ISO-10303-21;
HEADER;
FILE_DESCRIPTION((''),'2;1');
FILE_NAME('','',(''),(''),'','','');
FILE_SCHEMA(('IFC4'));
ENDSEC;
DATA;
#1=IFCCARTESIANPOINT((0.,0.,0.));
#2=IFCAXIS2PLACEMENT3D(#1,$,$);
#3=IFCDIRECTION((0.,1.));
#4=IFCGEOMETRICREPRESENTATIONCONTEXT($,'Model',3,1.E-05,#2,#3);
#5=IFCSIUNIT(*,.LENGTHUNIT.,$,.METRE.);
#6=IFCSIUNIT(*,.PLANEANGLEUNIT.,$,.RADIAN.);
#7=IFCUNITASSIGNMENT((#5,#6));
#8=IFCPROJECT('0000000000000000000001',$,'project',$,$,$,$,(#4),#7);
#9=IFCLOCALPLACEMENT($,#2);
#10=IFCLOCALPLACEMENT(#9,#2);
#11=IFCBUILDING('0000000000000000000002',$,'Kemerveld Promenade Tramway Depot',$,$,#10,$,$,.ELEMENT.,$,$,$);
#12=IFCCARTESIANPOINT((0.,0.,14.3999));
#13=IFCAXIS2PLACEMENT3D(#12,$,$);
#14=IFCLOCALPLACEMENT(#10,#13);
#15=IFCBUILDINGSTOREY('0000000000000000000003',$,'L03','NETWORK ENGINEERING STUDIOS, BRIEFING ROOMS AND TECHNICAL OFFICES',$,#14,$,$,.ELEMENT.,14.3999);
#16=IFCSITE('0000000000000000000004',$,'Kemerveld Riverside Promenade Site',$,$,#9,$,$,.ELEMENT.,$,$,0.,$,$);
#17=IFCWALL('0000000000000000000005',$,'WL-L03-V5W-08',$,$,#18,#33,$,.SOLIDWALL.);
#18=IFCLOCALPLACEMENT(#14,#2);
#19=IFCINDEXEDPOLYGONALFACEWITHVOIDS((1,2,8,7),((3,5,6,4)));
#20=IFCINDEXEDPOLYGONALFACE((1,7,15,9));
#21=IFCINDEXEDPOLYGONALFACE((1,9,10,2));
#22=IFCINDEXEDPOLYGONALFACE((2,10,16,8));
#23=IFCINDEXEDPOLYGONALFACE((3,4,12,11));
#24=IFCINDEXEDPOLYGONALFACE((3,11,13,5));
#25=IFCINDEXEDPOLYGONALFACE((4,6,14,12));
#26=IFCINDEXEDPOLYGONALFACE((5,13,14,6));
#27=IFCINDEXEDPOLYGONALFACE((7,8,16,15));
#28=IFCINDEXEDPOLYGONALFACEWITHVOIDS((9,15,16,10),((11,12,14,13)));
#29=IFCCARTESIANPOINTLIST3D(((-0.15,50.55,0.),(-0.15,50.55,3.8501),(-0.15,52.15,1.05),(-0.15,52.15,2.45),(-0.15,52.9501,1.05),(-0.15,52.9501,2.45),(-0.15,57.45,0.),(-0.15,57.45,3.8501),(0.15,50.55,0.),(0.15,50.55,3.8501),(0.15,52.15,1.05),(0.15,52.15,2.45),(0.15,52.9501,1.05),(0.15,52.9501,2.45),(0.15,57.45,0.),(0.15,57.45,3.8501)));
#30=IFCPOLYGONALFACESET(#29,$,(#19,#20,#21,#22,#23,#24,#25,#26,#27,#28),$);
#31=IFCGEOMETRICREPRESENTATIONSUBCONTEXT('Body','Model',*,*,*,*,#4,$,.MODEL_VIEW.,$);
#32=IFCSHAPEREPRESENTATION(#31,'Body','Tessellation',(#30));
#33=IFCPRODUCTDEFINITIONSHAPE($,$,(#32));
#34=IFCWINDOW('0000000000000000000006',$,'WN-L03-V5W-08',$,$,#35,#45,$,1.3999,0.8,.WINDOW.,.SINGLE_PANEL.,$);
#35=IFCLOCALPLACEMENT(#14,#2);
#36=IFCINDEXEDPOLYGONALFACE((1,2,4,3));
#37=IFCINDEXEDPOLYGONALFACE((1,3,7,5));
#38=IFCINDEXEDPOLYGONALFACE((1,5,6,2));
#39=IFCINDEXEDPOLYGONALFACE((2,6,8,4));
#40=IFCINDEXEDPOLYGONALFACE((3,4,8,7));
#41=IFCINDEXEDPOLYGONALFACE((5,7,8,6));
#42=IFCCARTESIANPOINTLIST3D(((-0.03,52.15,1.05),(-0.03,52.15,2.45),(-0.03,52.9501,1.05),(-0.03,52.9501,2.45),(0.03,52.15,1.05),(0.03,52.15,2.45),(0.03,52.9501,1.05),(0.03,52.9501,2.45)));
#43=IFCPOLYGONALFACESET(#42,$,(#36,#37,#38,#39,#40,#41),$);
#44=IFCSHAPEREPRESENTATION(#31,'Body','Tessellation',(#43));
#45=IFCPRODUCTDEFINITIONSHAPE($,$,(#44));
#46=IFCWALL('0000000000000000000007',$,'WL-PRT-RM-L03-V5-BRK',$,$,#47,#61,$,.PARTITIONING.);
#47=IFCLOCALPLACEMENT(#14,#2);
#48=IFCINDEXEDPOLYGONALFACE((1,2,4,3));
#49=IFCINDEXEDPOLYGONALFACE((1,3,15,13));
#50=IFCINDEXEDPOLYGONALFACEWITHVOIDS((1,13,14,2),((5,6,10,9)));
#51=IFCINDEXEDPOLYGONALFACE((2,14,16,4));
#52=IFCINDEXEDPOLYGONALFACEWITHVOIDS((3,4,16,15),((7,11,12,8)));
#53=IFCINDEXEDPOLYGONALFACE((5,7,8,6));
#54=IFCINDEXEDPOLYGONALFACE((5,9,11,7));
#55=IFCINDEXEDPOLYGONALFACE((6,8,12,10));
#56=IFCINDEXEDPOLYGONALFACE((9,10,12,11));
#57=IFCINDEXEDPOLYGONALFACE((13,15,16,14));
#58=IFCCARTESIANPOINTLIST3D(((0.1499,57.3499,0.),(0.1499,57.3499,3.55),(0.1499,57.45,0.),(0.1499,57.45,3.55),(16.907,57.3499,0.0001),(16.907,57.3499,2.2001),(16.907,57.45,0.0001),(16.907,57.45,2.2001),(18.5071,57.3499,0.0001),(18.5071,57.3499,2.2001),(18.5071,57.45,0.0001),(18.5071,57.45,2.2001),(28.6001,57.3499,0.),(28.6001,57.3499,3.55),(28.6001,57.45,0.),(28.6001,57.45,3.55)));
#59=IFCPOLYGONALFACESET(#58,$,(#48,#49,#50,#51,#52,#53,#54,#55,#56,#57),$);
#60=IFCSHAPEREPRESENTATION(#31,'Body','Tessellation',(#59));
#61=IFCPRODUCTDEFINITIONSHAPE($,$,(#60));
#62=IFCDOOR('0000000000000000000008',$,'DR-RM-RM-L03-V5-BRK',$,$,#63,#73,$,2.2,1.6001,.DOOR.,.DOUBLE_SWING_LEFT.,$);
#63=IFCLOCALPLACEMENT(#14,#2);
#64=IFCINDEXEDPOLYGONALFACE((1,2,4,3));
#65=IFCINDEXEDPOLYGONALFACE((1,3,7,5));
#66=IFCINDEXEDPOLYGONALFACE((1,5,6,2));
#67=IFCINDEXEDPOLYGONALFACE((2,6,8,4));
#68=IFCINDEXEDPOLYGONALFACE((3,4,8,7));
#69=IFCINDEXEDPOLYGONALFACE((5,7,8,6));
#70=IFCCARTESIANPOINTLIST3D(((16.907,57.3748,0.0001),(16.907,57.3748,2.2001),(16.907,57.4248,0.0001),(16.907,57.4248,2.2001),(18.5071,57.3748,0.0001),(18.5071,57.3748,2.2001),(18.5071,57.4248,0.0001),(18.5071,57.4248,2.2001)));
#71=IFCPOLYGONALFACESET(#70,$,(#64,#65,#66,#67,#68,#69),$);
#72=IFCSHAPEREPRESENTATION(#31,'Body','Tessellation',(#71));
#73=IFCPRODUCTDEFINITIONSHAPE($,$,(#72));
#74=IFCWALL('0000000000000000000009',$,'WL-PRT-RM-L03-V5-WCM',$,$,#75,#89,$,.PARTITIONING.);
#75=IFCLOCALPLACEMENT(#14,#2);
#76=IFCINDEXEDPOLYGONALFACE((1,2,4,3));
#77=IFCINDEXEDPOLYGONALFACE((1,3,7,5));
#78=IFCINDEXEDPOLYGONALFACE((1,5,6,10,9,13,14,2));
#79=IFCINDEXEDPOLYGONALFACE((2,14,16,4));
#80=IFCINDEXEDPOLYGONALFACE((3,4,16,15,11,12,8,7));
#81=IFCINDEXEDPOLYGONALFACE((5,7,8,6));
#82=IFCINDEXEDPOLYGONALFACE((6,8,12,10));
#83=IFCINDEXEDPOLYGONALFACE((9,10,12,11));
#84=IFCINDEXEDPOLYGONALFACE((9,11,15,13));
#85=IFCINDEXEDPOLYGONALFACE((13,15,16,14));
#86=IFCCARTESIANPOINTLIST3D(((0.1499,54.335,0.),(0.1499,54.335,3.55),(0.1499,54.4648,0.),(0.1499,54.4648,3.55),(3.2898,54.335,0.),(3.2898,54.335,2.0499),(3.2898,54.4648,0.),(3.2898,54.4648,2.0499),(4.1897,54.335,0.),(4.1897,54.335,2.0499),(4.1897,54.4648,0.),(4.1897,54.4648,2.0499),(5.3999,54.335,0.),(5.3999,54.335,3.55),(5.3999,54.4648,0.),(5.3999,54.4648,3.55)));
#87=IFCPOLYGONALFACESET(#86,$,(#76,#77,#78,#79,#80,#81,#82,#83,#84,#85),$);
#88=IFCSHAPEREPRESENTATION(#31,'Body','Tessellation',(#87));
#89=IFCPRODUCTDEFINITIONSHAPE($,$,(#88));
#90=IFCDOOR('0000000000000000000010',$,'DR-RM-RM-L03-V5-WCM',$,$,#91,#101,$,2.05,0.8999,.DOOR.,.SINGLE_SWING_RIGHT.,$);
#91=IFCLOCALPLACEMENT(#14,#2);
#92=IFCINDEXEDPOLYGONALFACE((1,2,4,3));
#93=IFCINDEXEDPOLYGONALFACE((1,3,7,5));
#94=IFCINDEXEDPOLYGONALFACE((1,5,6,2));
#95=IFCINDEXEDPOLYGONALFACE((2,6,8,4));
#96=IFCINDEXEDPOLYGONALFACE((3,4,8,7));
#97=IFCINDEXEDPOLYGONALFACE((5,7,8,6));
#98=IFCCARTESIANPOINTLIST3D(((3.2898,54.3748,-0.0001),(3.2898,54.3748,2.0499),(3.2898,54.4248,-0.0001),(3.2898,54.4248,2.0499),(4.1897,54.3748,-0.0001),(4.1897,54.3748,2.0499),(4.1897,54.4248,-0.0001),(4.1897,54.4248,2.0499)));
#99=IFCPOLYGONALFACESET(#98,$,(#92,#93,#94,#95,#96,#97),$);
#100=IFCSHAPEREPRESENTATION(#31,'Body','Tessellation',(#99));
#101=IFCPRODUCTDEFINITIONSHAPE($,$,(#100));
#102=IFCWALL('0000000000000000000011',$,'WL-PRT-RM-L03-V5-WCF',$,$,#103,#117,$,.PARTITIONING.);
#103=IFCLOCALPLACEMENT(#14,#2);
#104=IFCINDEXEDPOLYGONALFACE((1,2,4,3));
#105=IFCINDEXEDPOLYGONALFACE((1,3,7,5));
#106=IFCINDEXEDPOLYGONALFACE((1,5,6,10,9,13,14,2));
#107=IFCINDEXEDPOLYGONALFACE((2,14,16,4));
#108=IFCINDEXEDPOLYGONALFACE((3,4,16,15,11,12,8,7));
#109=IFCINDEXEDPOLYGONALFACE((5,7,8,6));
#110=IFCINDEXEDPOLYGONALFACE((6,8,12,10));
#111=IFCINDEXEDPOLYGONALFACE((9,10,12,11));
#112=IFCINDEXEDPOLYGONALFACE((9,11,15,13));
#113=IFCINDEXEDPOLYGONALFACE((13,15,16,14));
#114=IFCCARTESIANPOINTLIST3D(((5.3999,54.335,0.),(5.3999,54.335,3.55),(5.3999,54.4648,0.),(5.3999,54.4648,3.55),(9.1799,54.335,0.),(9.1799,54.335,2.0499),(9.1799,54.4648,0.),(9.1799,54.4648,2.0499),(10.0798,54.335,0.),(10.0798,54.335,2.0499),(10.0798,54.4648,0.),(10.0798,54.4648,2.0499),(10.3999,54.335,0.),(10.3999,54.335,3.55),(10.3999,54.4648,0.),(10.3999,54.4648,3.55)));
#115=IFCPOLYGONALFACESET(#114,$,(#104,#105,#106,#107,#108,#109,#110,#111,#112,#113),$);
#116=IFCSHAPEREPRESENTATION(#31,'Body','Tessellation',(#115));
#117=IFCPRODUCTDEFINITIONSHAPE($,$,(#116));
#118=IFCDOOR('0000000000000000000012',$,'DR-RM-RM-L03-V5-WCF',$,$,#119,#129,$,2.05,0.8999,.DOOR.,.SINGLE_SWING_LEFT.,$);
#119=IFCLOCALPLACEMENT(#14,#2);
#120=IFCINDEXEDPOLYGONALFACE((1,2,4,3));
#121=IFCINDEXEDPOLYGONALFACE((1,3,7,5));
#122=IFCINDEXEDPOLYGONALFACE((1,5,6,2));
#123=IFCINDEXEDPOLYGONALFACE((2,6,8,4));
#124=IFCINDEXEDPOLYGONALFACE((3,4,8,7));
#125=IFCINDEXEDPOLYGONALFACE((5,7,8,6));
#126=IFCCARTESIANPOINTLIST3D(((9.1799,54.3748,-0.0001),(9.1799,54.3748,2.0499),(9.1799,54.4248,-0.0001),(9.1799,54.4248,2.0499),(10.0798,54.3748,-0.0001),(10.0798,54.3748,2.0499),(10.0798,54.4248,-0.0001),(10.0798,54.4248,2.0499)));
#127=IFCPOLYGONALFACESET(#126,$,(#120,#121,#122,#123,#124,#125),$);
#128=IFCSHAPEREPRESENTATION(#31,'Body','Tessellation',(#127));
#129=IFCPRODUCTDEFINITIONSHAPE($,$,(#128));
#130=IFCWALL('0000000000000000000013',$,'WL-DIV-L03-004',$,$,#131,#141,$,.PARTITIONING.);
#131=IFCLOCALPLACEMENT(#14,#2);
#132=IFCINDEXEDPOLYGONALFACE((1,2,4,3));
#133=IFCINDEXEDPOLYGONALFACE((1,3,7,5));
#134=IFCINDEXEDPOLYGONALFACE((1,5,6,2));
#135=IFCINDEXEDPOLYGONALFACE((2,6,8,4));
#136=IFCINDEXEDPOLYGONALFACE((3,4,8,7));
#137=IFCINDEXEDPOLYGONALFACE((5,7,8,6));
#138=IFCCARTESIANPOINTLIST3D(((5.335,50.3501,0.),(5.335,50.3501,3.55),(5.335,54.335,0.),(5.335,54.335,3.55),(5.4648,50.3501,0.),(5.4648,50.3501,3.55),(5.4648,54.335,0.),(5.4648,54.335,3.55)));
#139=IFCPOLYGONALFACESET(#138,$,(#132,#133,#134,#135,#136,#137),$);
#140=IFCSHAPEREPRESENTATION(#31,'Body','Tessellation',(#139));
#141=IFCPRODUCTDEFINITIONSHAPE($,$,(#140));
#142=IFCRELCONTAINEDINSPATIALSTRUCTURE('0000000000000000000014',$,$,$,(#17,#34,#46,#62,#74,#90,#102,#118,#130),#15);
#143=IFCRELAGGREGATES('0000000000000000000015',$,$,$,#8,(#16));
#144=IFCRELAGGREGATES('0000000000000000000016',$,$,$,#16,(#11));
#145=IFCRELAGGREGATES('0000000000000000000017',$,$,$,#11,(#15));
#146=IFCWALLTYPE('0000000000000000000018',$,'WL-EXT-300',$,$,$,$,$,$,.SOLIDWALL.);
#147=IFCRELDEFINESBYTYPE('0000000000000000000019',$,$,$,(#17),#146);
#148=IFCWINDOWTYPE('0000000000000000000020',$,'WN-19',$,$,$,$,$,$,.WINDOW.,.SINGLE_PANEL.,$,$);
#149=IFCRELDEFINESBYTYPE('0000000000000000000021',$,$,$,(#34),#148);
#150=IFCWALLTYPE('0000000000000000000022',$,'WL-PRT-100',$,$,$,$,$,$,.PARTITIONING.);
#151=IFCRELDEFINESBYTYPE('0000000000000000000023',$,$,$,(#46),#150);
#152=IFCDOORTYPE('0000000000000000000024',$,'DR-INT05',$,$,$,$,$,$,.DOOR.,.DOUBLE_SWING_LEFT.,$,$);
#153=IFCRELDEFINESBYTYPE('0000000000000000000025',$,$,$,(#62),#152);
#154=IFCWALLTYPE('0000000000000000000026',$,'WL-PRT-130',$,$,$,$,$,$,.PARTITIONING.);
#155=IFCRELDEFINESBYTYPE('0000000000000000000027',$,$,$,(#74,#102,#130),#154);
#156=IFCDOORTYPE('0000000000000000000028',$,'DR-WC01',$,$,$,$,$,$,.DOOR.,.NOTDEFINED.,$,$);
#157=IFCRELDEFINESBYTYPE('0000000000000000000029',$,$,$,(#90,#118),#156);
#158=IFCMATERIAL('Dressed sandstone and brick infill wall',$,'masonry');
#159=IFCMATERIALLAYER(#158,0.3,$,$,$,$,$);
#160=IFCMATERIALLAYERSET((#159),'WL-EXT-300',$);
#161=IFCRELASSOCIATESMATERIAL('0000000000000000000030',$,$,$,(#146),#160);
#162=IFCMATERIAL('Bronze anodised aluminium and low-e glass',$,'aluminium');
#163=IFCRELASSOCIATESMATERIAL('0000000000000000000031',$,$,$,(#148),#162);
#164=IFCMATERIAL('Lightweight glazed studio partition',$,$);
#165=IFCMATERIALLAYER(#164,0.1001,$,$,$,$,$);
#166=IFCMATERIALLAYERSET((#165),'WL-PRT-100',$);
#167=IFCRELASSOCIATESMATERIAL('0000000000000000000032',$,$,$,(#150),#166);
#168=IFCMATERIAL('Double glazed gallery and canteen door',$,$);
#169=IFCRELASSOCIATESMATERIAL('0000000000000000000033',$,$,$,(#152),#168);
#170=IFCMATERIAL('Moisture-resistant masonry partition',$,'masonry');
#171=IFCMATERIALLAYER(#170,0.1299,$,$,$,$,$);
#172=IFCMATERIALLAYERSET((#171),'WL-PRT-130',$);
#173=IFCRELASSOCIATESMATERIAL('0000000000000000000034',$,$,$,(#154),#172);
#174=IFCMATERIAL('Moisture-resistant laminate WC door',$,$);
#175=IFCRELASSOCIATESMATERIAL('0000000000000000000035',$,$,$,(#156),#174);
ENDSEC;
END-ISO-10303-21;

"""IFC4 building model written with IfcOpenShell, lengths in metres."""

from ifc_helpers import new_model, si_unit, direction, frame, frame_2d, origin, place, context, subcontext, project, spatial, rectangle, extrude, material, layer, layer_set, type_object, element, fill, save


model = new_model("IFC4")

# Units and contexts
model_context = context("Model", 3, precision=1e-05, world=origin(), true_north=direction((0.0, 1.0)))
body_context = subcontext(model_context, "Body", "Model", "MODEL_VIEW")
ifc_project = project(units=[si_unit("LENGTHUNIT", "METRE"), si_unit("PLANEANGLEUNIT", "RADIAN")], contexts=[model_context])

# Site, building, storey
site_placement = place(None, origin())
site = spatial("IfcSite", under=ifc_project, at=site_placement, Name="Kemerveld Riverside Promenade Site", CompositionType="ELEMENT", RefElevation=0.0)
building_placement = place(site_placement, origin())
building = spatial("IfcBuilding", under=site, at=building_placement, Name="Kemerveld Promenade Tramway Depot", CompositionType="ELEMENT")
storey_placement = place(building_placement, frame((0.0, 0.0, 14.3999)))
storey = spatial("IfcBuildingStorey", under=building, at=storey_placement, Name="L03", Description="NETWORK ENGINEERING STUDIOS, BRIEFING ROOMS AND TECHNICAL OFFICES", CompositionType="ELEMENT", Elevation=14.3999)

# Wall, opening, window
ifc_material_1 = material(Name="Dressed sandstone and brick infill wall", Category="masonry")
ifc_layer_1 = layer(ifc_material_1, 0.3)
ifc_layer_set_1 = layer_set([ifc_layer_1], Name="WL-EXT-300")
wall_type_1 = type_object("IfcWallType", Name="WL-EXT-300", PredefinedType="SOLIDWALL", material=ifc_layer_set_1)
wall_1_placement = place(storey_placement, frame((0.0, 50.55, 0.0), z_axis=(0.0, 0.0, 1.0), x_axis=(0.0, 1.0, 0.0)))
wall_1 = element("IfcWall", 1, at=wall_1_placement, inside=storey, type_object=wall_type_1, Name="WL-L03-V5W-08", PredefinedType="SOLIDWALL", context=body_context, shape_type="SweptSolid", body=[
    extrude(rectangle(XDim=6.8999, YDim=0.3, at=frame_2d((3.45, 0.0))), origin(), (0.0, 0.0, 1.0), 3.8501),
])
opening_1_placement = place(wall_1_placement, frame((1.6001, 0.0, 1.05)))
opening_1 = element("IfcOpeningElement", 2, at=opening_1_placement, cuts=wall_1, PredefinedType="OPENING", context=body_context, shape_type="SweptSolid", body=[
    extrude(rectangle(XDim=0.8, YDim=1.3999, at=frame_2d((0.3999, 0.7))), frame((0.0, 0.1599, 0.0), z_axis=(0.0, -1.0, 0.0), x_axis=(1.0, 0.0, 0.0)), (0.0, 0.0, 1.0), 0.3201),
])
ifc_material_2 = material(Name="Bronze anodised aluminium and low-e glass", Category="aluminium")
window_type = type_object("IfcWindowType", Name="WN-19", PartitioningType="SINGLE_PANEL", PredefinedType="WINDOW", material=ifc_material_2)
window_placement = place(opening_1_placement, origin())
window = element("IfcWindow", 3, at=window_placement, inside=storey, type_object=window_type, Name="WN-L03-V5W-08", OverallHeight=1.3999, OverallWidth=0.8, PartitioningType="SINGLE_PANEL", PredefinedType="WINDOW", context=body_context, shape_type="SweptSolid", body=[
    extrude(rectangle(XDim=0.8, YDim=1.3999, at=frame_2d((0.3999, 0.7))), frame((0.0, 0.03, 0.0), z_axis=(0.0, -1.0, 0.0), x_axis=(1.0, 0.0, 0.0)), (0.0, 0.0, 1.0), 0.0601),
])
fill(opening_1, window)

# Walls, openings, doors
ifc_material_3 = material(Name="Lightweight glazed studio partition")
ifc_layer_2 = layer(ifc_material_3, 0.1001)
ifc_layer_set_2 = layer_set([ifc_layer_2], Name="WL-PRT-100")
wall_type_2 = type_object("IfcWallType", Name="WL-PRT-100", PredefinedType="PARTITIONING", material=ifc_layer_set_2)
wall_2_placement = place(storey_placement, frame((0.1499, 57.3999, 0.0), z_axis=(0.0, 0.0, 1.0), x_axis=(1.0, 0.0, 0.0)))
wall_2 = element("IfcWall", 4, at=wall_2_placement, inside=storey, type_object=wall_type_2, Name="WL-PRT-RM-L03-V5-BRK", PredefinedType="PARTITIONING", context=body_context, shape_type="SweptSolid", body=[
    extrude(rectangle(XDim=28.4502, YDim=0.1001, at=frame_2d((14.2251, 0.0))), origin(), (0.0, 0.0, 1.0), 3.55),
])
opening_2_placement = place(wall_2_placement, frame((16.7571, 0.0, 0.0)))
opening_2 = element("IfcOpeningElement", 5, at=opening_2_placement, cuts=wall_2, PredefinedType="OPENING", context=body_context, shape_type="SweptSolid", body=[
    extrude(rectangle(XDim=1.6001, YDim=2.2, at=frame_2d((0.8, 1.1001))), frame((0.0, 0.0601, 0.0), z_axis=(0.0, -1.0, 0.0), x_axis=(1.0, 0.0, 0.0)), (0.0, 0.0, 1.0), 0.1201),
])
ifc_material_4 = material(Name="Double glazed gallery and canteen door")
door_type_1 = type_object("IfcDoorType", Name="DR-INT05", OperationType="DOUBLE_SWING_LEFT", PredefinedType="DOOR", material=ifc_material_4)
door_1_placement = place(opening_2_placement, origin())
door_1 = element("IfcDoor", 6, at=door_1_placement, inside=storey, type_object=door_type_1, Name="DR-RM-RM-L03-V5-BRK", OperationType="DOUBLE_SWING_LEFT", OverallHeight=2.2, OverallWidth=1.6001, PredefinedType="DOOR", context=body_context, shape_type="SweptSolid", body=[
    extrude(rectangle(XDim=1.6001, YDim=2.2, at=frame_2d((0.8, 1.1001))), frame((0.0, 0.0249, 0.0), z_axis=(0.0, -1.0, 0.0), x_axis=(1.0, 0.0, 0.0)), (0.0, 0.0, 1.0), 0.05),
])
fill(opening_2, door_1)
ifc_material_5 = material(Name="Moisture-resistant masonry partition", Category="masonry")
ifc_layer_3 = layer(ifc_material_5, 0.1299)
ifc_layer_set_3 = layer_set([ifc_layer_3], Name="WL-PRT-130")
wall_type_3 = type_object("IfcWallType", Name="WL-PRT-130", PredefinedType="PARTITIONING", material=ifc_layer_set_3)
wall_3_placement = place(storey_placement, frame((0.1499, 54.3999, 0.0), z_axis=(0.0, 0.0, 1.0), x_axis=(1.0, 0.0, 0.0)))
wall_3 = element("IfcWall", 7, at=wall_3_placement, inside=storey, type_object=wall_type_3, Name="WL-PRT-RM-L03-V5-WCM", PredefinedType="PARTITIONING", context=body_context, shape_type="SweptSolid", body=[
    extrude(rectangle(XDim=5.25, YDim=0.1299, at=frame_2d((2.625, 0.0))), origin(), (0.0, 0.0, 1.0), 3.55),
])
opening_3_placement = place(wall_3_placement, frame((3.1399, 0.0, 0.0)))
opening_3 = element("IfcOpeningElement", 8, at=opening_3_placement, cuts=wall_3, PredefinedType="OPENING", context=body_context, shape_type="SweptSolid", body=[
    extrude(rectangle(XDim=0.8999, YDim=2.05, at=frame_2d((0.45, 1.0249))), frame((0.0, 0.075, 0.0), z_axis=(0.0, -1.0, 0.0), x_axis=(1.0, 0.0, 0.0)), (0.0, 0.0, 1.0), 0.1499),
])
ifc_material_6 = material(Name="Moisture-resistant laminate WC door")
door_type_2 = type_object("IfcDoorType", Name="DR-WC01", OperationType="NOTDEFINED", PredefinedType="DOOR", material=ifc_material_6)
door_2_placement = place(opening_3_placement, origin())
door_2 = element("IfcDoor", 9, at=door_2_placement, inside=storey, type_object=door_type_2, Name="DR-RM-RM-L03-V5-WCM", OperationType="SINGLE_SWING_RIGHT", OverallHeight=2.05, OverallWidth=0.8999, PredefinedType="DOOR", context=body_context, shape_type="SweptSolid", body=[
    extrude(rectangle(XDim=0.8999, YDim=2.05, at=frame_2d((0.45, 1.0249))), frame((0.0, 0.0249, 0.0), z_axis=(0.0, -1.0, 0.0), x_axis=(1.0, 0.0, 0.0)), (0.0, 0.0, 1.0), 0.05),
])
fill(opening_3, door_2)
wall_4_placement = place(storey_placement, frame((5.3999, 54.3999, 0.0), z_axis=(0.0, 0.0, 1.0), x_axis=(1.0, 0.0, 0.0)))
wall_4 = element("IfcWall", 10, at=wall_4_placement, inside=storey, type_object=wall_type_3, Name="WL-PRT-RM-L03-V5-WCF", PredefinedType="PARTITIONING", context=body_context, shape_type="SweptSolid", body=[
    extrude(rectangle(XDim=5.0, YDim=0.1299, at=frame_2d((2.5, 0.0))), origin(), (0.0, 0.0, 1.0), 3.55),
])
opening_4_placement = place(wall_4_placement, frame((3.78, 0.0, 0.0)))
opening_4 = element("IfcOpeningElement", 11, at=opening_4_placement, cuts=wall_4, PredefinedType="OPENING", context=body_context, shape_type="SweptSolid", body=[
    extrude(rectangle(XDim=0.8999, YDim=2.05, at=frame_2d((0.45, 1.0249))), frame((0.0, 0.075, 0.0), z_axis=(0.0, -1.0, 0.0), x_axis=(1.0, 0.0, 0.0)), (0.0, 0.0, 1.0), 0.1499),
])
door_3_placement = place(opening_4_placement, origin())
door_3 = element("IfcDoor", 12, at=door_3_placement, inside=storey, type_object=door_type_2, Name="DR-RM-RM-L03-V5-WCF", OperationType="SINGLE_SWING_LEFT", OverallHeight=2.05, OverallWidth=0.8999, PredefinedType="DOOR", context=body_context, shape_type="SweptSolid", body=[
    extrude(rectangle(XDim=0.8999, YDim=2.05, at=frame_2d((0.45, 1.0249))), frame((0.0, 0.0249, 0.0), z_axis=(0.0, -1.0, 0.0), x_axis=(1.0, 0.0, 0.0)), (0.0, 0.0, 1.0), 0.05),
])
fill(opening_4, door_3)

# Wall
wall_5_placement = place(storey_placement, frame((5.3999, 50.3501, 0.0), z_axis=(0.0, 0.0, 1.0), x_axis=(0.0, 1.0, 0.0)))
element("IfcWall", 13, at=wall_5_placement, inside=storey, type_object=wall_type_3, Name="WL-DIV-L03-004", PredefinedType="PARTITIONING", context=body_context, shape_type="SweptSolid", body=[
    extrude(rectangle(XDim=3.9849, YDim=0.1299, at=frame_2d((1.9924, 0.0))), origin(), (0.0, 0.0, 1.0), 3.55),
])

save(model, "model.ifc")
